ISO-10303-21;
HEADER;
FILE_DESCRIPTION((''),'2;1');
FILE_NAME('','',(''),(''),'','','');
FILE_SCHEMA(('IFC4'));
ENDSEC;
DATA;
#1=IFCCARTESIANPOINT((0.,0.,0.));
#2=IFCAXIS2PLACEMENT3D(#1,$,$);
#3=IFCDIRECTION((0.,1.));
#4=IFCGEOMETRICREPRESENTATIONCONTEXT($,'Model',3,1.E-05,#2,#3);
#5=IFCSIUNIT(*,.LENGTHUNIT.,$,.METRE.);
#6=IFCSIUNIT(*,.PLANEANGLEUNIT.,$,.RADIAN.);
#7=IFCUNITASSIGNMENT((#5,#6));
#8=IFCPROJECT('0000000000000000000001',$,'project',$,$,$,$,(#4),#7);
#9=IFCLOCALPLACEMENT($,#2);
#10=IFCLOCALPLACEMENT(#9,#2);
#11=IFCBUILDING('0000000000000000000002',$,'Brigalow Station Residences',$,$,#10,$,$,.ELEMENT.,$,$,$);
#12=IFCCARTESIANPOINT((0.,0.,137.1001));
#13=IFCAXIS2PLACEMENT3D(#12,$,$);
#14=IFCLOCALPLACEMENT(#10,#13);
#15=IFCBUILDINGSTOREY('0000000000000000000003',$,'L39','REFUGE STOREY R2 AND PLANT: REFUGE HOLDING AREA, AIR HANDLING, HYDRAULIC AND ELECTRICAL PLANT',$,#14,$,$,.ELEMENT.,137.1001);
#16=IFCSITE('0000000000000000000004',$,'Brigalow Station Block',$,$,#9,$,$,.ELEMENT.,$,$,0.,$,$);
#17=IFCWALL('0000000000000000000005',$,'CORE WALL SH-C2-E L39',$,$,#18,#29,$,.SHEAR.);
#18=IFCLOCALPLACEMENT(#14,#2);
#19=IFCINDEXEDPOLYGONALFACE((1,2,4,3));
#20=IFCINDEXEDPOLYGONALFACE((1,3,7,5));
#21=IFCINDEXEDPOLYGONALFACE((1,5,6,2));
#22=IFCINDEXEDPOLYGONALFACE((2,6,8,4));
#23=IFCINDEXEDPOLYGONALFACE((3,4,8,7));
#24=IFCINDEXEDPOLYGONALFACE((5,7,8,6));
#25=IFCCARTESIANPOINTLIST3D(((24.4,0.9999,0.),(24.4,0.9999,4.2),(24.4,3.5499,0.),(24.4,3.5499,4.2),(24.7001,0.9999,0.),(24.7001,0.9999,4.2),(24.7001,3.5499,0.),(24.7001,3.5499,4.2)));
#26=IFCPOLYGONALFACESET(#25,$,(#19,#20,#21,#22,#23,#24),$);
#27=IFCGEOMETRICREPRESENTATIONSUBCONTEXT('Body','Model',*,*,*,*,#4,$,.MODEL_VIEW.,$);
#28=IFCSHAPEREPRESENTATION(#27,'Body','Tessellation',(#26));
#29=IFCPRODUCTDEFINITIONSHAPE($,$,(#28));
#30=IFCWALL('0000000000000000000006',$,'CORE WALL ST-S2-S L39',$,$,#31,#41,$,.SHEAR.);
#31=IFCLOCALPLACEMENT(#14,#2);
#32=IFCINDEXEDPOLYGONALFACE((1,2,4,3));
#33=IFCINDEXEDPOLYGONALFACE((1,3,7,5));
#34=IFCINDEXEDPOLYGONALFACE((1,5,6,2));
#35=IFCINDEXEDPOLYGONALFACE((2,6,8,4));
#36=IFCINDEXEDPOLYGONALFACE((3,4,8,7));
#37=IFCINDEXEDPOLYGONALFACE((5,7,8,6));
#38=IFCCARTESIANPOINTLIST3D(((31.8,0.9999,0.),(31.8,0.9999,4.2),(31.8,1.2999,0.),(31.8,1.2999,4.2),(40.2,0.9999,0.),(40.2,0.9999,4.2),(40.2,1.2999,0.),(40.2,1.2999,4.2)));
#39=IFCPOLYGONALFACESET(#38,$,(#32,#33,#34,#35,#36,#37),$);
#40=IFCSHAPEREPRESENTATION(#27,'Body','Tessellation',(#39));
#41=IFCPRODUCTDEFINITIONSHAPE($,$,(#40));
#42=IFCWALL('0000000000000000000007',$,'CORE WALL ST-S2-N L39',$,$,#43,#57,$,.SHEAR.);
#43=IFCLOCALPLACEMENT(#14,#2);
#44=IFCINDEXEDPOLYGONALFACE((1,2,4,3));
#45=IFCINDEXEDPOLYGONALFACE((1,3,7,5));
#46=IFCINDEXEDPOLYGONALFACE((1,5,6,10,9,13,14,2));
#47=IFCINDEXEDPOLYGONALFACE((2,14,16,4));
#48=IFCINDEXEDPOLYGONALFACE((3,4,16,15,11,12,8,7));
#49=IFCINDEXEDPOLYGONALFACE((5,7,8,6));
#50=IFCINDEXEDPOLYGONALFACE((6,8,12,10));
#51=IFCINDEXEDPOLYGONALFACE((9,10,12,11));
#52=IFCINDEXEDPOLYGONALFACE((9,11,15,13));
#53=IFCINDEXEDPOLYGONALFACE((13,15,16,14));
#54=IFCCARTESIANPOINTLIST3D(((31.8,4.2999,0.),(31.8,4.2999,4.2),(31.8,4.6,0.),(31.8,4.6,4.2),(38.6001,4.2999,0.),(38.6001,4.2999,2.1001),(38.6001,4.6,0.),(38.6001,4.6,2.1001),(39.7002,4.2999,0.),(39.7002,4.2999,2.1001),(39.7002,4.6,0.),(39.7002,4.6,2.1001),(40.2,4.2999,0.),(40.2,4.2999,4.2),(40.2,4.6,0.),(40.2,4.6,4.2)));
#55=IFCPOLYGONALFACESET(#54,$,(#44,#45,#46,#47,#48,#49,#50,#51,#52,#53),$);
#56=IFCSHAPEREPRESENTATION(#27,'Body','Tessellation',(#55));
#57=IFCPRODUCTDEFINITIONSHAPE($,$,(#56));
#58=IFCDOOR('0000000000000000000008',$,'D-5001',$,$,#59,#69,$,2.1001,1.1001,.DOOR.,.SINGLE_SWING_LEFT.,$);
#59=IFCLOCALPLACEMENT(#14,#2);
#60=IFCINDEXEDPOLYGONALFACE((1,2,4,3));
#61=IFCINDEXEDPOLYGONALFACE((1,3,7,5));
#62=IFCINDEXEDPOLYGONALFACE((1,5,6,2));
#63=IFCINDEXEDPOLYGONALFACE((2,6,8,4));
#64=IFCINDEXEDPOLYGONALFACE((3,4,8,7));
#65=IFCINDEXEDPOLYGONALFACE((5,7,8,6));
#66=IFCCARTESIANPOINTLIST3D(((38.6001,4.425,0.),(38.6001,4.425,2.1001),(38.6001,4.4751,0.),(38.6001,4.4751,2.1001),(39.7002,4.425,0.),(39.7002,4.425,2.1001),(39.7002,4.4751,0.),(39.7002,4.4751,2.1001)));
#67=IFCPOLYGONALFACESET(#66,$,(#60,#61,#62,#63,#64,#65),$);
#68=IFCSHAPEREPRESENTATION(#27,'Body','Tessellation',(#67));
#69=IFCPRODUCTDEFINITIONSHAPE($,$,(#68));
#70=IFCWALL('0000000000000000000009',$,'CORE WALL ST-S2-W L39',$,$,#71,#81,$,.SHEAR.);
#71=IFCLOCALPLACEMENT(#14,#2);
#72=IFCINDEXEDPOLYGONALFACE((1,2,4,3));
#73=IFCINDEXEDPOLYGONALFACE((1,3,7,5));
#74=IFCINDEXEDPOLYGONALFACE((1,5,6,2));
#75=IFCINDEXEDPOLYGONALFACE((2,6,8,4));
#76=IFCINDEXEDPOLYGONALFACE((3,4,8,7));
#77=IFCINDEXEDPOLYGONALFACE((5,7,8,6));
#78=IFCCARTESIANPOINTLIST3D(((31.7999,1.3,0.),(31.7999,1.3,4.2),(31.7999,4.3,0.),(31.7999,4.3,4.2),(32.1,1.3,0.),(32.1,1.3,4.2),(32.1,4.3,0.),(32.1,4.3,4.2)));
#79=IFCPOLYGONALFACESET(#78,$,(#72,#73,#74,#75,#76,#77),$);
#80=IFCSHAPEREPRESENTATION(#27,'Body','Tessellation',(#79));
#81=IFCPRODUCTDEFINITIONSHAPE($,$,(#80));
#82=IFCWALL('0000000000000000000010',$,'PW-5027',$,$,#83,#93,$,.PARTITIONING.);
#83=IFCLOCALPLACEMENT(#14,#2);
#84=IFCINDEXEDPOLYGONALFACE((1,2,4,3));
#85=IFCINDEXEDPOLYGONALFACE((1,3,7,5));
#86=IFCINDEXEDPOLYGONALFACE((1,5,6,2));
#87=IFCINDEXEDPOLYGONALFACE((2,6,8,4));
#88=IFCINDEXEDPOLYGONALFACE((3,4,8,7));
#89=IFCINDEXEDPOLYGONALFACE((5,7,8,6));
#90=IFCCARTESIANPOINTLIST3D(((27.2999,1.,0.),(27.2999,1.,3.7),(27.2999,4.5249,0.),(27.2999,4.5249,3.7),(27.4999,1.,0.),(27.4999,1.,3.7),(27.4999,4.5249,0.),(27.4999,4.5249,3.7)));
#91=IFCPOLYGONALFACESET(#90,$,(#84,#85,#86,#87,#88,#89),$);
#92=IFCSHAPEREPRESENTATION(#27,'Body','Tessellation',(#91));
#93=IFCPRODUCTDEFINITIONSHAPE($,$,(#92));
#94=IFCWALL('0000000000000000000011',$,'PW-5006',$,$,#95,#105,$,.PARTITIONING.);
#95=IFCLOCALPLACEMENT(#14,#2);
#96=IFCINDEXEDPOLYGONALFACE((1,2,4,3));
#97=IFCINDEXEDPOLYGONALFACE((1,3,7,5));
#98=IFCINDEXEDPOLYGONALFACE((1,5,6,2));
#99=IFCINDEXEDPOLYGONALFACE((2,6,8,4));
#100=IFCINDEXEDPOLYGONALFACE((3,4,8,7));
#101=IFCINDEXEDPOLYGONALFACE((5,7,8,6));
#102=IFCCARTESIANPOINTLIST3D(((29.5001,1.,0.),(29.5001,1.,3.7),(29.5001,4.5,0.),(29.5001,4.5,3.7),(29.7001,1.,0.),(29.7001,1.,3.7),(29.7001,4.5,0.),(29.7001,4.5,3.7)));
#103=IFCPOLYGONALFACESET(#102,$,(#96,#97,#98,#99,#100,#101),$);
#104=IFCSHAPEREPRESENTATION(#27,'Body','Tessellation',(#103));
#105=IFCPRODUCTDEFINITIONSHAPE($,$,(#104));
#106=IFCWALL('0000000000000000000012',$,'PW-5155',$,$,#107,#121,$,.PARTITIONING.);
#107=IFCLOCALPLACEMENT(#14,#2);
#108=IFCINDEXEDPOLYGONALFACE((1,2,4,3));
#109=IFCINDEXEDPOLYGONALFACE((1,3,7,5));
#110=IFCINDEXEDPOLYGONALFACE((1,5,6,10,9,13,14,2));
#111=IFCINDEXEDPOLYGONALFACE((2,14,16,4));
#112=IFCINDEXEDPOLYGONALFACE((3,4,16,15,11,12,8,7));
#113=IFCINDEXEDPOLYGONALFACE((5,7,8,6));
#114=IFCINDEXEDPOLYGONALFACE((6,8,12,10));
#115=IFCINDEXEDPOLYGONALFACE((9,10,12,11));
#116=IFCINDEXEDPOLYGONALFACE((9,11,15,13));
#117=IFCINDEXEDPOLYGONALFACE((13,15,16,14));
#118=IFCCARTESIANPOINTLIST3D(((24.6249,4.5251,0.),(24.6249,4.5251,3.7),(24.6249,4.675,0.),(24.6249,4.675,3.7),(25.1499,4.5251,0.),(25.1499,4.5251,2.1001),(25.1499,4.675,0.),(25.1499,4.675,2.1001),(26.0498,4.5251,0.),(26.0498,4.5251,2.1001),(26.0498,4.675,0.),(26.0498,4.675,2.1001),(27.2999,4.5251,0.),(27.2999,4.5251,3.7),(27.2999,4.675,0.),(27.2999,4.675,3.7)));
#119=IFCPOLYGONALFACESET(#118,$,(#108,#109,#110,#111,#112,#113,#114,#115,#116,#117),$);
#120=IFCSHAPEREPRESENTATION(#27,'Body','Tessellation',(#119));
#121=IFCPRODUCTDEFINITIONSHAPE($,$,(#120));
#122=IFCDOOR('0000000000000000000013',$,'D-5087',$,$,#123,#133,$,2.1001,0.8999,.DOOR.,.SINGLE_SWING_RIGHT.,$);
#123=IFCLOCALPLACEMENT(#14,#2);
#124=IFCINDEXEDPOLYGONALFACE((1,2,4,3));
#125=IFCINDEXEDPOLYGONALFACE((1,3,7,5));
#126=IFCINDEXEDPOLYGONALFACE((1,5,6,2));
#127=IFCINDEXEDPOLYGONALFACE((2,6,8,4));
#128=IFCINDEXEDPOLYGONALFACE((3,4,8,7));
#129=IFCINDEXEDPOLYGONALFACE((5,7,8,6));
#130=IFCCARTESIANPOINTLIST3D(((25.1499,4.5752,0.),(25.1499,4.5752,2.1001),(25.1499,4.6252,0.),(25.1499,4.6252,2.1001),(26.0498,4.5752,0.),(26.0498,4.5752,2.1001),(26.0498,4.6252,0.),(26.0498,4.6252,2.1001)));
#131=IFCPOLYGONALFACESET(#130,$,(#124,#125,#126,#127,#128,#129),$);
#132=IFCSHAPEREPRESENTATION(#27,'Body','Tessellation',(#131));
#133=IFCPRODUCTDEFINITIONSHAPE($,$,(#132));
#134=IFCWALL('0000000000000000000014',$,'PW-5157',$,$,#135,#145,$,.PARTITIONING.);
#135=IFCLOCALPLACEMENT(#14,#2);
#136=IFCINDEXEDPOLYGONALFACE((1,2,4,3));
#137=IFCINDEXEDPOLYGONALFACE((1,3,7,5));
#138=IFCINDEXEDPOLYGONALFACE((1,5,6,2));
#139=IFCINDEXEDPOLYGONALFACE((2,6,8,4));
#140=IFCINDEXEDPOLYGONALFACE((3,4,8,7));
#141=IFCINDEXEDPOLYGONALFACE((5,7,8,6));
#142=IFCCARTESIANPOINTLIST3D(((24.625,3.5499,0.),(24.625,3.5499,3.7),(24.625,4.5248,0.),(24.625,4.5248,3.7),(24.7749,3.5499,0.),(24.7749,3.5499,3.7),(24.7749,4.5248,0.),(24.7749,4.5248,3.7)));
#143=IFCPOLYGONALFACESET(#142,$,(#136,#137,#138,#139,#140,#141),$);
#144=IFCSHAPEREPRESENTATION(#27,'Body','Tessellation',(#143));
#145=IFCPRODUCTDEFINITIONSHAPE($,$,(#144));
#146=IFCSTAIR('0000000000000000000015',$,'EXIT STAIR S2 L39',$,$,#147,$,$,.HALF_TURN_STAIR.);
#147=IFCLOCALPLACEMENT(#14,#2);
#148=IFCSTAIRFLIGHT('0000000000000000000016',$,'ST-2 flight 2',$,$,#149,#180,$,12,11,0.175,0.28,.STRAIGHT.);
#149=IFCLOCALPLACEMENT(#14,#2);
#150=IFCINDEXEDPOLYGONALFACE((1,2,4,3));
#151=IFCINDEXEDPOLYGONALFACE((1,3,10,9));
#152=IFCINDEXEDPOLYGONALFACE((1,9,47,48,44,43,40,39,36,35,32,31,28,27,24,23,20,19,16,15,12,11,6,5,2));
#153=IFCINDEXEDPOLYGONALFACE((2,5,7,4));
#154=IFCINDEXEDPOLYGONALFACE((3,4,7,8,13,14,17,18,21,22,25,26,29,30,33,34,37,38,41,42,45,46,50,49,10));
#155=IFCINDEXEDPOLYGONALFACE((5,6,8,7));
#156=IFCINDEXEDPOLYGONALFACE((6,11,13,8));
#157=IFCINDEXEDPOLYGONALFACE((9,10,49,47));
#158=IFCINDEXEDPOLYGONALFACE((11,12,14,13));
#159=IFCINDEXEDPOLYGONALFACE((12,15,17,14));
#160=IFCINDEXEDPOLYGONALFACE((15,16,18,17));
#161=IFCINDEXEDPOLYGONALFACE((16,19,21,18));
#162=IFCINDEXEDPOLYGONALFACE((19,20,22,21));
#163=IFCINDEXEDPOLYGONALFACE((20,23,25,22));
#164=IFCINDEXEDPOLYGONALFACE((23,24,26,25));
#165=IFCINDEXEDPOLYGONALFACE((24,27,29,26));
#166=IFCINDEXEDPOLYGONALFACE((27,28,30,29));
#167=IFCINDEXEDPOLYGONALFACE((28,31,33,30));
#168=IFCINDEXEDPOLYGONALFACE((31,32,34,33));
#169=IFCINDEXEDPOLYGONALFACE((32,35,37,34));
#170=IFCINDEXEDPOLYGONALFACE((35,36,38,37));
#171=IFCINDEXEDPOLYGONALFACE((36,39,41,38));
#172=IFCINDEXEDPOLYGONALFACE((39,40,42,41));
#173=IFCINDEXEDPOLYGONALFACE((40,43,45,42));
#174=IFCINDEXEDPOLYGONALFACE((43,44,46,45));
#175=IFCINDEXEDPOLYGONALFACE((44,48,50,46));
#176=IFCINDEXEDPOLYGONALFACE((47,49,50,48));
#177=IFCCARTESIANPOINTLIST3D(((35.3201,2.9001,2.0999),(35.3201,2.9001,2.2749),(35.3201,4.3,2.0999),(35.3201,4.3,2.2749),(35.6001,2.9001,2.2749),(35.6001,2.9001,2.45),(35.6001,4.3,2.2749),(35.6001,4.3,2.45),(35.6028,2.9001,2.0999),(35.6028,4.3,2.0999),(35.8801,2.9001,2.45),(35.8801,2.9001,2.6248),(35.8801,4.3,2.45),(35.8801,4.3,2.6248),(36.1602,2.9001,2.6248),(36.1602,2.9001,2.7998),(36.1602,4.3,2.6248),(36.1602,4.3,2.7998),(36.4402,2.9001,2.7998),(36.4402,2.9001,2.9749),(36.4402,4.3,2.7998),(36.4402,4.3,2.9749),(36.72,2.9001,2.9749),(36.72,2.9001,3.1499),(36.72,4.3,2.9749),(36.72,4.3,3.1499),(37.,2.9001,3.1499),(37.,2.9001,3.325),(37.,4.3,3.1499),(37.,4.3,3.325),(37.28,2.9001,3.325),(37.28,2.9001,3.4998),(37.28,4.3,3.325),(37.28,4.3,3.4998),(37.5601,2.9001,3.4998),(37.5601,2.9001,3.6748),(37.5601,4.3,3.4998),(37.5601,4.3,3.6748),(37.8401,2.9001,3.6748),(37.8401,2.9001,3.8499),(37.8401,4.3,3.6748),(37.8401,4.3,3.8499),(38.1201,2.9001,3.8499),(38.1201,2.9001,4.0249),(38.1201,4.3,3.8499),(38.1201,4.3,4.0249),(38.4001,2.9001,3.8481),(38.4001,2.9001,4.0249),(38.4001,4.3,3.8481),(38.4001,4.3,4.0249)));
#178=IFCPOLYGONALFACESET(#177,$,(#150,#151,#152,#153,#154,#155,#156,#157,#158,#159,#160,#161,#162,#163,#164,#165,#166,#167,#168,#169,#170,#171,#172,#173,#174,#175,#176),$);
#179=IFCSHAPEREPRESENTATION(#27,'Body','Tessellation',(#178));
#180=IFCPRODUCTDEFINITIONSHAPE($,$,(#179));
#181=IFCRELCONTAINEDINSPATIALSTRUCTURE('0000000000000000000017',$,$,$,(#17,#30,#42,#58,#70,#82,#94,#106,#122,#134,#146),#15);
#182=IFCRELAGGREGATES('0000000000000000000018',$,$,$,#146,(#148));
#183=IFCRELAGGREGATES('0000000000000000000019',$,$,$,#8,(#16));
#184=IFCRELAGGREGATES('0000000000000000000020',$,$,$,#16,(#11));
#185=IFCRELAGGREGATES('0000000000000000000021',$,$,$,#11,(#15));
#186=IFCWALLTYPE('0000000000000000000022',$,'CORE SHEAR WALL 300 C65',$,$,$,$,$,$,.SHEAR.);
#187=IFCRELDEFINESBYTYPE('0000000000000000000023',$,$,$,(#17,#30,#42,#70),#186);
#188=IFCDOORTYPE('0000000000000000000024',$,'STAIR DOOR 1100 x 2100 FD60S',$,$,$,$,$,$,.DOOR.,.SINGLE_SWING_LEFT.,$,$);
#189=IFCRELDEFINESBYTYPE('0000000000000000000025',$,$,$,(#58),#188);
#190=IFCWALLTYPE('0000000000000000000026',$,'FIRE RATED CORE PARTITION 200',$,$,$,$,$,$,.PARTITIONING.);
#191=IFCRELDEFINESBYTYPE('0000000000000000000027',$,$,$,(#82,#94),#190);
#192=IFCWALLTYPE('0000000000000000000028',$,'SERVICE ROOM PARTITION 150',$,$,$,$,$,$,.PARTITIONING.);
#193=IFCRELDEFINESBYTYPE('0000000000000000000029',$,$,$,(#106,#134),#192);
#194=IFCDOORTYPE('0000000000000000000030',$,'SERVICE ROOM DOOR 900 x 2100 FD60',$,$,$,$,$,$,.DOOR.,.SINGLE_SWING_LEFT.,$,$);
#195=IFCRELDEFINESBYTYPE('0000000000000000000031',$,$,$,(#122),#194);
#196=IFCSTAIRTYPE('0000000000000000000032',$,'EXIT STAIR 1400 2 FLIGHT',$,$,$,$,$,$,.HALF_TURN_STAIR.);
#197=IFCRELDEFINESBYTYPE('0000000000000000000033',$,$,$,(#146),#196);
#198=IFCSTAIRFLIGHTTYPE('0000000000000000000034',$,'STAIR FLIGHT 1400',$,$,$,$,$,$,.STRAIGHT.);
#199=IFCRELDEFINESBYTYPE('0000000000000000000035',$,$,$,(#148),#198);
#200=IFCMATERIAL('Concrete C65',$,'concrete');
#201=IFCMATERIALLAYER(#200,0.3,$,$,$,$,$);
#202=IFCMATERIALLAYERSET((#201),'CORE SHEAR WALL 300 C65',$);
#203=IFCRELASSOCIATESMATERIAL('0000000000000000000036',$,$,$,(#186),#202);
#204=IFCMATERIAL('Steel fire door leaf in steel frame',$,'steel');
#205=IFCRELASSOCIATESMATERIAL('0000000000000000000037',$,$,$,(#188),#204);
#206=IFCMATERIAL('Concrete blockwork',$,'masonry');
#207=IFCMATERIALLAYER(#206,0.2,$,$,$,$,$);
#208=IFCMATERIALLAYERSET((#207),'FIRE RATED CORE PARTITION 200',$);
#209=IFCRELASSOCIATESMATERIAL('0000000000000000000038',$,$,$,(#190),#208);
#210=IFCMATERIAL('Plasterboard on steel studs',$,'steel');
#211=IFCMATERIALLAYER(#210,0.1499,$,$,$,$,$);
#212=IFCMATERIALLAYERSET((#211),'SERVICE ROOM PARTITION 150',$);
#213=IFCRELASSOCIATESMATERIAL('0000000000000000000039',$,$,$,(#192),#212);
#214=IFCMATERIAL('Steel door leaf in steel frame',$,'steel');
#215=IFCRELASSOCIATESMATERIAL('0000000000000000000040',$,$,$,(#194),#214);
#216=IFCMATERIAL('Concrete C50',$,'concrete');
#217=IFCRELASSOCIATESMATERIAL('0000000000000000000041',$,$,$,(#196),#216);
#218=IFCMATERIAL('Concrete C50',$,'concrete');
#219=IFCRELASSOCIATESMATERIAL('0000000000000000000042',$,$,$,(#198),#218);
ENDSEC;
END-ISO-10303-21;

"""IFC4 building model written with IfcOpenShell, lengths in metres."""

from ifc_helpers import new_model, si_unit, direction, frame, frame_2d, origin, place, context, subcontext, project, spatial, polyline, rectangle, outline, extrude, material, layer, layer_set, type_object, element, fill, aggregate, save


model = new_model("IFC4")

# Units and contexts
model_context = context("Model", 3, precision=1e-05, world=origin(), true_north=direction((0.0, 1.0)))
body_context = subcontext(model_context, "Body", "Model", "MODEL_VIEW")
ifc_project = project(units=[si_unit("LENGTHUNIT", "METRE"), si_unit("PLANEANGLEUNIT", "RADIAN")], contexts=[model_context])

# Site, building, storey
site_placement = place(None, origin())
site = spatial("IfcSite", under=ifc_project, at=site_placement, Name="Brigalow Station Block", CompositionType="ELEMENT", RefElevation=0.0)
building_placement = place(site_placement, origin())
building = spatial("IfcBuilding", under=site, at=building_placement, Name="Brigalow Station Residences", CompositionType="ELEMENT")
storey_placement = place(building_placement, frame((0.0, 0.0, 137.1001)))
storey = spatial("IfcBuildingStorey", under=building, at=storey_placement, Name="L39", Description="REFUGE STOREY R2 AND PLANT: REFUGE HOLDING AREA, AIR HANDLING, HYDRAULIC AND ELECTRICAL PLANT", CompositionType="ELEMENT", Elevation=137.1001)

# Walls
ifc_material_1 = material(Name="Concrete C65", Category="concrete")
ifc_layer_1 = layer(ifc_material_1, 0.3)
ifc_layer_set_1 = layer_set([ifc_layer_1], Name="CORE SHEAR WALL 300 C65")
wall_type_1 = type_object("IfcWallType", Name="CORE SHEAR WALL 300 C65", PredefinedType="SHEAR", material=ifc_layer_set_1)
wall_1_placement = place(storey_placement, frame((24.55, 1.0, 0.0), z_axis=(0.0, 0.0, 1.0), x_axis=(0.0, 1.0, 0.0)))
element("IfcWall", 1, at=wall_1_placement, inside=storey, type_object=wall_type_1, Name="CORE WALL SH-C2-E L39", PredefinedType="SHEAR", context=body_context, shape_type="SweptSolid", body=[
    extrude(rectangle(XDim=2.55, YDim=0.3, at=frame_2d((1.2749, 0.0))), origin(), (0.0, 0.0, 1.0), 4.2),
])
wall_2_placement = place(storey_placement, frame((31.8, 1.1499, 0.0), z_axis=(0.0, 0.0, 1.0), x_axis=(1.0, 0.0, 0.0)))
element("IfcWall", 2, at=wall_2_placement, inside=storey, type_object=wall_type_1, Name="CORE WALL ST-S2-S L39", PredefinedType="SHEAR", context=body_context, shape_type="SweptSolid", body=[
    extrude(rectangle(XDim=8.3999, YDim=0.3, at=frame_2d((4.2, 0.0))), origin(), (0.0, 0.0, 1.0), 4.2),
])

# Wall, opening, door
wall_3_placement = place(storey_placement, frame((31.8, 4.45, 0.0), z_axis=(0.0, 0.0, 1.0), x_axis=(1.0, 0.0, 0.0)))
wall_3 = element("IfcWall", 3, at=wall_3_placement, inside=storey, type_object=wall_type_1, Name="CORE WALL ST-S2-N L39", PredefinedType="SHEAR", context=body_context, shape_type="SweptSolid", body=[
    extrude(rectangle(XDim=8.3999, YDim=0.3, at=frame_2d((4.2, 0.0))), origin(), (0.0, 0.0, 1.0), 4.2),
])
opening_1_placement = place(wall_3_placement, frame((6.8, 0.0, 0.0)))
opening_1 = element("IfcOpeningElement", 4, at=opening_1_placement, cuts=wall_3, PredefinedType="OPENING", context=body_context, shape_type="SweptSolid", body=[
    extrude(rectangle(XDim=1.1001, YDim=2.1001, at=frame_2d((0.55, 1.05))), frame((0.0, 0.1602, 0.0), z_axis=(0.0, -1.0, 0.0), x_axis=(1.0, 0.0, 0.0)), (0.0, 0.0, 1.0), 0.3201),
])
ifc_material_2 = material(Name="Steel fire door leaf in steel frame", Category="steel")
door_type_1 = type_object("IfcDoorType", Name="STAIR DOOR 1100 x 2100 FD60S", OperationType="SINGLE_SWING_LEFT", PredefinedType="DOOR", material=ifc_material_2)
door_1_placement = place(opening_1_placement, frame((1.1001, 0.0, 0.0), z_axis=(0.0, 0.0, 1.0), x_axis=(-1.0, 0.0, 0.0)))
door_1 = element("IfcDoor", 5, at=door_1_placement, inside=storey, type_object=door_type_1, Name="D-5001", OperationType="SINGLE_SWING_LEFT", OverallHeight=2.1001, OverallWidth=1.1001, PredefinedType="DOOR", context=body_context, shape_type="SweptSolid", body=[
    extrude(rectangle(XDim=1.1001, YDim=2.1001, at=frame_2d((0.55, 1.05))), frame((0.0, 0.0249, 0.0), z_axis=(0.0, -1.0, 0.0), x_axis=(1.0, 0.0, 0.0)), (0.0, 0.0, 1.0), 0.05),
])
fill(opening_1, door_1)

# Walls
wall_4_placement = place(storey_placement, frame((31.95, 1.3, 0.0), z_axis=(0.0, 0.0, 1.0), x_axis=(0.0, 1.0, 0.0)))
element("IfcWall", 6, at=wall_4_placement, inside=storey, type_object=wall_type_1, Name="CORE WALL ST-S2-W L39", PredefinedType="SHEAR", context=body_context, shape_type="SweptSolid", body=[
    extrude(rectangle(XDim=3.0, YDim=0.3, at=frame_2d((1.5, 0.0))), origin(), (0.0, 0.0, 1.0), 4.2),
])
ifc_material_3 = material(Name="Concrete blockwork", Category="masonry")
ifc_layer_2 = layer(ifc_material_3, 0.2)
ifc_layer_set_2 = layer_set([ifc_layer_2], Name="FIRE RATED CORE PARTITION 200")
wall_type_2 = type_object("IfcWallType", Name="FIRE RATED CORE PARTITION 200", PredefinedType="PARTITIONING", material=ifc_layer_set_2)
wall_5_placement = place(storey_placement, frame((27.3999, 1.0, 0.0), z_axis=(0.0, 0.0, 1.0), x_axis=(0.0, 1.0, 0.0)))
element("IfcWall", 7, at=wall_5_placement, inside=storey, type_object=wall_type_2, Name="PW-5027", PredefinedType="PARTITIONING", context=body_context, shape_type="SweptSolid", body=[
    extrude(rectangle(XDim=3.5249, YDim=0.2, at=frame_2d((1.7625, 0.0))), origin(), (0.0, 0.0, 1.0), 3.7),
])
wall_6_placement = place(storey_placement, frame((29.6001, 1.0, 0.0), z_axis=(0.0, 0.0, 1.0), x_axis=(0.0, 1.0, 0.0)))
element("IfcWall", 8, at=wall_6_placement, inside=storey, type_object=wall_type_2, Name="PW-5006", PredefinedType="PARTITIONING", context=body_context, shape_type="SweptSolid", body=[
    extrude(rectangle(XDim=3.5, YDim=0.2, at=frame_2d((1.75, 0.0))), origin(), (0.0, 0.0, 1.0), 3.7),
])

# Wall, opening, door
ifc_material_4 = material(Name="Plasterboard on steel studs", Category="steel")
ifc_layer_3 = layer(ifc_material_4, 0.1499)
ifc_layer_set_3 = layer_set([ifc_layer_3], Name="SERVICE ROOM PARTITION 150")
wall_type_3 = type_object("IfcWallType", Name="SERVICE ROOM PARTITION 150", PredefinedType="PARTITIONING", material=ifc_layer_set_3)
wall_7_placement = place(storey_placement, frame((24.625, 4.6001, 0.0), z_axis=(0.0, 0.0, 1.0), x_axis=(1.0, 0.0, 0.0)))
wall_7 = element("IfcWall", 9, at=wall_7_placement, inside=storey, type_object=wall_type_3, Name="PW-5155", PredefinedType="PARTITIONING", context=body_context, shape_type="SweptSolid", body=[
    extrude(rectangle(XDim=2.675, YDim=0.1499, at=frame_2d((1.3374, 0.0))), origin(), (0.0, 0.0, 1.0), 3.7),
])
opening_2_placement = place(wall_7_placement, frame((0.5249, 0.0, 0.0)))
opening_2 = element("IfcOpeningElement", 10, at=opening_2_placement, cuts=wall_7, PredefinedType="OPENING", context=body_context, shape_type="SweptSolid", body=[
    extrude(rectangle(XDim=0.8999, YDim=2.1001, at=frame_2d((0.45, 1.05))), frame((0.0, 0.085, 0.0), z_axis=(0.0, -1.0, 0.0), x_axis=(1.0, 0.0, 0.0)), (0.0, 0.0, 1.0), 0.1699),
])
ifc_material_5 = material(Name="Steel door leaf in steel frame", Category="steel")
door_type_2 = type_object("IfcDoorType", Name="SERVICE ROOM DOOR 900 x 2100 FD60", OperationType="SINGLE_SWING_LEFT", PredefinedType="DOOR", material=ifc_material_5)
door_2_placement = place(opening_2_placement, frame((0.8999, 0.0, 0.0), z_axis=(0.0, 0.0, 1.0), x_axis=(-1.0, 0.0, 0.0)))
door_2 = element("IfcDoor", 11, at=door_2_placement, inside=storey, type_object=door_type_2, Name="D-5087", OperationType="SINGLE_SWING_RIGHT", OverallHeight=2.1001, OverallWidth=0.8999, PredefinedType="DOOR", context=body_context, shape_type="SweptSolid", body=[
    extrude(rectangle(XDim=0.8999, YDim=2.1001, at=frame_2d((0.45, 1.05))), frame((0.0, 0.0249, 0.0), z_axis=(0.0, -1.0, 0.0), x_axis=(1.0, 0.0, 0.0)), (0.0, 0.0, 1.0), 0.05),
])
fill(opening_2, door_2)

# Wall
wall_8_placement = place(storey_placement, frame((24.7, 3.55, 0.0), z_axis=(0.0, 0.0, 1.0), x_axis=(0.0, 1.0, 0.0)))
element("IfcWall", 12, at=wall_8_placement, inside=storey, type_object=wall_type_3, Name="PW-5157", PredefinedType="PARTITIONING", context=body_context, shape_type="SweptSolid", body=[
    extrude(rectangle(XDim=0.9749, YDim=0.1499, at=frame_2d((0.4873, 0.0))), origin(), (0.0, 0.0, 1.0), 3.7),
])

# Stair, stair flight
ifc_material_6 = material(Name="Concrete C50", Category="concrete")
stair_type = type_object("IfcStairType", Name="EXIT STAIR 1400 2 FLIGHT", PredefinedType="HALF_TURN_STAIR", material=ifc_material_6)
stair_placement = place(storey_placement, origin())
stair = element("IfcStair", 13, at=stair_placement, inside=storey, type_object=stair_type, Name="EXIT STAIR S2 L39", PredefinedType="HALF_TURN_STAIR")
ifc_material_7 = material(Name="Concrete C50", Category="concrete")
stair_flight_type = type_object("IfcStairFlightType", Name="STAIR FLIGHT 1400", PredefinedType="STRAIGHT", material=ifc_material_7)
stair_flight_placement = place(storey_placement, frame((35.3201, 3.6001, 2.0999), z_axis=(0.0, 0.0, 1.0), x_axis=(1.0, 0.0, 0.0)))
stair_flight = element("IfcStairFlight", 14, at=stair_flight_placement, type_object=stair_flight_type, Name="ST-2 flight 2", NumberOfRisers=12, NumberOfTreads=11, PredefinedType="STRAIGHT", RiserHeight=0.175, TreadLength=0.28, context=body_context, shape_type="SweptSolid", body=[
    extrude(outline(polyline([(0.0, 0.0), (0.0, 0.175), (0.28, 0.175), (0.28, 0.3501), (0.5601, 0.3501), (0.5601, 0.5249), (0.8401, 0.5249), (0.8401, 0.7), (1.1201, 0.7), (1.1201, 0.875), (1.3999, 0.875), (1.3999, 1.05), (1.6799, 1.05), (1.6799, 1.2251), (1.96, 1.2251), (1.96, 1.3999), (2.24, 1.3999), (2.24, 1.575), (2.52, 1.575), (2.52, 1.75), (2.8, 1.75), (2.8, 1.925), (3.0801, 1.925), (3.0801, 2.1001), (3.0801, 1.7483), (0.2827, 0.0), (0.0, 0.0)])), frame((0.0, 0.7, 0.0), z_axis=(0.0, -1.0, 0.0), x_axis=(1.0, 0.0, 0.0)), (0.0, 0.0, 1.0), 1.3999),
])
aggregate(stair, [stair_flight])

save(model, "model.ifc")
